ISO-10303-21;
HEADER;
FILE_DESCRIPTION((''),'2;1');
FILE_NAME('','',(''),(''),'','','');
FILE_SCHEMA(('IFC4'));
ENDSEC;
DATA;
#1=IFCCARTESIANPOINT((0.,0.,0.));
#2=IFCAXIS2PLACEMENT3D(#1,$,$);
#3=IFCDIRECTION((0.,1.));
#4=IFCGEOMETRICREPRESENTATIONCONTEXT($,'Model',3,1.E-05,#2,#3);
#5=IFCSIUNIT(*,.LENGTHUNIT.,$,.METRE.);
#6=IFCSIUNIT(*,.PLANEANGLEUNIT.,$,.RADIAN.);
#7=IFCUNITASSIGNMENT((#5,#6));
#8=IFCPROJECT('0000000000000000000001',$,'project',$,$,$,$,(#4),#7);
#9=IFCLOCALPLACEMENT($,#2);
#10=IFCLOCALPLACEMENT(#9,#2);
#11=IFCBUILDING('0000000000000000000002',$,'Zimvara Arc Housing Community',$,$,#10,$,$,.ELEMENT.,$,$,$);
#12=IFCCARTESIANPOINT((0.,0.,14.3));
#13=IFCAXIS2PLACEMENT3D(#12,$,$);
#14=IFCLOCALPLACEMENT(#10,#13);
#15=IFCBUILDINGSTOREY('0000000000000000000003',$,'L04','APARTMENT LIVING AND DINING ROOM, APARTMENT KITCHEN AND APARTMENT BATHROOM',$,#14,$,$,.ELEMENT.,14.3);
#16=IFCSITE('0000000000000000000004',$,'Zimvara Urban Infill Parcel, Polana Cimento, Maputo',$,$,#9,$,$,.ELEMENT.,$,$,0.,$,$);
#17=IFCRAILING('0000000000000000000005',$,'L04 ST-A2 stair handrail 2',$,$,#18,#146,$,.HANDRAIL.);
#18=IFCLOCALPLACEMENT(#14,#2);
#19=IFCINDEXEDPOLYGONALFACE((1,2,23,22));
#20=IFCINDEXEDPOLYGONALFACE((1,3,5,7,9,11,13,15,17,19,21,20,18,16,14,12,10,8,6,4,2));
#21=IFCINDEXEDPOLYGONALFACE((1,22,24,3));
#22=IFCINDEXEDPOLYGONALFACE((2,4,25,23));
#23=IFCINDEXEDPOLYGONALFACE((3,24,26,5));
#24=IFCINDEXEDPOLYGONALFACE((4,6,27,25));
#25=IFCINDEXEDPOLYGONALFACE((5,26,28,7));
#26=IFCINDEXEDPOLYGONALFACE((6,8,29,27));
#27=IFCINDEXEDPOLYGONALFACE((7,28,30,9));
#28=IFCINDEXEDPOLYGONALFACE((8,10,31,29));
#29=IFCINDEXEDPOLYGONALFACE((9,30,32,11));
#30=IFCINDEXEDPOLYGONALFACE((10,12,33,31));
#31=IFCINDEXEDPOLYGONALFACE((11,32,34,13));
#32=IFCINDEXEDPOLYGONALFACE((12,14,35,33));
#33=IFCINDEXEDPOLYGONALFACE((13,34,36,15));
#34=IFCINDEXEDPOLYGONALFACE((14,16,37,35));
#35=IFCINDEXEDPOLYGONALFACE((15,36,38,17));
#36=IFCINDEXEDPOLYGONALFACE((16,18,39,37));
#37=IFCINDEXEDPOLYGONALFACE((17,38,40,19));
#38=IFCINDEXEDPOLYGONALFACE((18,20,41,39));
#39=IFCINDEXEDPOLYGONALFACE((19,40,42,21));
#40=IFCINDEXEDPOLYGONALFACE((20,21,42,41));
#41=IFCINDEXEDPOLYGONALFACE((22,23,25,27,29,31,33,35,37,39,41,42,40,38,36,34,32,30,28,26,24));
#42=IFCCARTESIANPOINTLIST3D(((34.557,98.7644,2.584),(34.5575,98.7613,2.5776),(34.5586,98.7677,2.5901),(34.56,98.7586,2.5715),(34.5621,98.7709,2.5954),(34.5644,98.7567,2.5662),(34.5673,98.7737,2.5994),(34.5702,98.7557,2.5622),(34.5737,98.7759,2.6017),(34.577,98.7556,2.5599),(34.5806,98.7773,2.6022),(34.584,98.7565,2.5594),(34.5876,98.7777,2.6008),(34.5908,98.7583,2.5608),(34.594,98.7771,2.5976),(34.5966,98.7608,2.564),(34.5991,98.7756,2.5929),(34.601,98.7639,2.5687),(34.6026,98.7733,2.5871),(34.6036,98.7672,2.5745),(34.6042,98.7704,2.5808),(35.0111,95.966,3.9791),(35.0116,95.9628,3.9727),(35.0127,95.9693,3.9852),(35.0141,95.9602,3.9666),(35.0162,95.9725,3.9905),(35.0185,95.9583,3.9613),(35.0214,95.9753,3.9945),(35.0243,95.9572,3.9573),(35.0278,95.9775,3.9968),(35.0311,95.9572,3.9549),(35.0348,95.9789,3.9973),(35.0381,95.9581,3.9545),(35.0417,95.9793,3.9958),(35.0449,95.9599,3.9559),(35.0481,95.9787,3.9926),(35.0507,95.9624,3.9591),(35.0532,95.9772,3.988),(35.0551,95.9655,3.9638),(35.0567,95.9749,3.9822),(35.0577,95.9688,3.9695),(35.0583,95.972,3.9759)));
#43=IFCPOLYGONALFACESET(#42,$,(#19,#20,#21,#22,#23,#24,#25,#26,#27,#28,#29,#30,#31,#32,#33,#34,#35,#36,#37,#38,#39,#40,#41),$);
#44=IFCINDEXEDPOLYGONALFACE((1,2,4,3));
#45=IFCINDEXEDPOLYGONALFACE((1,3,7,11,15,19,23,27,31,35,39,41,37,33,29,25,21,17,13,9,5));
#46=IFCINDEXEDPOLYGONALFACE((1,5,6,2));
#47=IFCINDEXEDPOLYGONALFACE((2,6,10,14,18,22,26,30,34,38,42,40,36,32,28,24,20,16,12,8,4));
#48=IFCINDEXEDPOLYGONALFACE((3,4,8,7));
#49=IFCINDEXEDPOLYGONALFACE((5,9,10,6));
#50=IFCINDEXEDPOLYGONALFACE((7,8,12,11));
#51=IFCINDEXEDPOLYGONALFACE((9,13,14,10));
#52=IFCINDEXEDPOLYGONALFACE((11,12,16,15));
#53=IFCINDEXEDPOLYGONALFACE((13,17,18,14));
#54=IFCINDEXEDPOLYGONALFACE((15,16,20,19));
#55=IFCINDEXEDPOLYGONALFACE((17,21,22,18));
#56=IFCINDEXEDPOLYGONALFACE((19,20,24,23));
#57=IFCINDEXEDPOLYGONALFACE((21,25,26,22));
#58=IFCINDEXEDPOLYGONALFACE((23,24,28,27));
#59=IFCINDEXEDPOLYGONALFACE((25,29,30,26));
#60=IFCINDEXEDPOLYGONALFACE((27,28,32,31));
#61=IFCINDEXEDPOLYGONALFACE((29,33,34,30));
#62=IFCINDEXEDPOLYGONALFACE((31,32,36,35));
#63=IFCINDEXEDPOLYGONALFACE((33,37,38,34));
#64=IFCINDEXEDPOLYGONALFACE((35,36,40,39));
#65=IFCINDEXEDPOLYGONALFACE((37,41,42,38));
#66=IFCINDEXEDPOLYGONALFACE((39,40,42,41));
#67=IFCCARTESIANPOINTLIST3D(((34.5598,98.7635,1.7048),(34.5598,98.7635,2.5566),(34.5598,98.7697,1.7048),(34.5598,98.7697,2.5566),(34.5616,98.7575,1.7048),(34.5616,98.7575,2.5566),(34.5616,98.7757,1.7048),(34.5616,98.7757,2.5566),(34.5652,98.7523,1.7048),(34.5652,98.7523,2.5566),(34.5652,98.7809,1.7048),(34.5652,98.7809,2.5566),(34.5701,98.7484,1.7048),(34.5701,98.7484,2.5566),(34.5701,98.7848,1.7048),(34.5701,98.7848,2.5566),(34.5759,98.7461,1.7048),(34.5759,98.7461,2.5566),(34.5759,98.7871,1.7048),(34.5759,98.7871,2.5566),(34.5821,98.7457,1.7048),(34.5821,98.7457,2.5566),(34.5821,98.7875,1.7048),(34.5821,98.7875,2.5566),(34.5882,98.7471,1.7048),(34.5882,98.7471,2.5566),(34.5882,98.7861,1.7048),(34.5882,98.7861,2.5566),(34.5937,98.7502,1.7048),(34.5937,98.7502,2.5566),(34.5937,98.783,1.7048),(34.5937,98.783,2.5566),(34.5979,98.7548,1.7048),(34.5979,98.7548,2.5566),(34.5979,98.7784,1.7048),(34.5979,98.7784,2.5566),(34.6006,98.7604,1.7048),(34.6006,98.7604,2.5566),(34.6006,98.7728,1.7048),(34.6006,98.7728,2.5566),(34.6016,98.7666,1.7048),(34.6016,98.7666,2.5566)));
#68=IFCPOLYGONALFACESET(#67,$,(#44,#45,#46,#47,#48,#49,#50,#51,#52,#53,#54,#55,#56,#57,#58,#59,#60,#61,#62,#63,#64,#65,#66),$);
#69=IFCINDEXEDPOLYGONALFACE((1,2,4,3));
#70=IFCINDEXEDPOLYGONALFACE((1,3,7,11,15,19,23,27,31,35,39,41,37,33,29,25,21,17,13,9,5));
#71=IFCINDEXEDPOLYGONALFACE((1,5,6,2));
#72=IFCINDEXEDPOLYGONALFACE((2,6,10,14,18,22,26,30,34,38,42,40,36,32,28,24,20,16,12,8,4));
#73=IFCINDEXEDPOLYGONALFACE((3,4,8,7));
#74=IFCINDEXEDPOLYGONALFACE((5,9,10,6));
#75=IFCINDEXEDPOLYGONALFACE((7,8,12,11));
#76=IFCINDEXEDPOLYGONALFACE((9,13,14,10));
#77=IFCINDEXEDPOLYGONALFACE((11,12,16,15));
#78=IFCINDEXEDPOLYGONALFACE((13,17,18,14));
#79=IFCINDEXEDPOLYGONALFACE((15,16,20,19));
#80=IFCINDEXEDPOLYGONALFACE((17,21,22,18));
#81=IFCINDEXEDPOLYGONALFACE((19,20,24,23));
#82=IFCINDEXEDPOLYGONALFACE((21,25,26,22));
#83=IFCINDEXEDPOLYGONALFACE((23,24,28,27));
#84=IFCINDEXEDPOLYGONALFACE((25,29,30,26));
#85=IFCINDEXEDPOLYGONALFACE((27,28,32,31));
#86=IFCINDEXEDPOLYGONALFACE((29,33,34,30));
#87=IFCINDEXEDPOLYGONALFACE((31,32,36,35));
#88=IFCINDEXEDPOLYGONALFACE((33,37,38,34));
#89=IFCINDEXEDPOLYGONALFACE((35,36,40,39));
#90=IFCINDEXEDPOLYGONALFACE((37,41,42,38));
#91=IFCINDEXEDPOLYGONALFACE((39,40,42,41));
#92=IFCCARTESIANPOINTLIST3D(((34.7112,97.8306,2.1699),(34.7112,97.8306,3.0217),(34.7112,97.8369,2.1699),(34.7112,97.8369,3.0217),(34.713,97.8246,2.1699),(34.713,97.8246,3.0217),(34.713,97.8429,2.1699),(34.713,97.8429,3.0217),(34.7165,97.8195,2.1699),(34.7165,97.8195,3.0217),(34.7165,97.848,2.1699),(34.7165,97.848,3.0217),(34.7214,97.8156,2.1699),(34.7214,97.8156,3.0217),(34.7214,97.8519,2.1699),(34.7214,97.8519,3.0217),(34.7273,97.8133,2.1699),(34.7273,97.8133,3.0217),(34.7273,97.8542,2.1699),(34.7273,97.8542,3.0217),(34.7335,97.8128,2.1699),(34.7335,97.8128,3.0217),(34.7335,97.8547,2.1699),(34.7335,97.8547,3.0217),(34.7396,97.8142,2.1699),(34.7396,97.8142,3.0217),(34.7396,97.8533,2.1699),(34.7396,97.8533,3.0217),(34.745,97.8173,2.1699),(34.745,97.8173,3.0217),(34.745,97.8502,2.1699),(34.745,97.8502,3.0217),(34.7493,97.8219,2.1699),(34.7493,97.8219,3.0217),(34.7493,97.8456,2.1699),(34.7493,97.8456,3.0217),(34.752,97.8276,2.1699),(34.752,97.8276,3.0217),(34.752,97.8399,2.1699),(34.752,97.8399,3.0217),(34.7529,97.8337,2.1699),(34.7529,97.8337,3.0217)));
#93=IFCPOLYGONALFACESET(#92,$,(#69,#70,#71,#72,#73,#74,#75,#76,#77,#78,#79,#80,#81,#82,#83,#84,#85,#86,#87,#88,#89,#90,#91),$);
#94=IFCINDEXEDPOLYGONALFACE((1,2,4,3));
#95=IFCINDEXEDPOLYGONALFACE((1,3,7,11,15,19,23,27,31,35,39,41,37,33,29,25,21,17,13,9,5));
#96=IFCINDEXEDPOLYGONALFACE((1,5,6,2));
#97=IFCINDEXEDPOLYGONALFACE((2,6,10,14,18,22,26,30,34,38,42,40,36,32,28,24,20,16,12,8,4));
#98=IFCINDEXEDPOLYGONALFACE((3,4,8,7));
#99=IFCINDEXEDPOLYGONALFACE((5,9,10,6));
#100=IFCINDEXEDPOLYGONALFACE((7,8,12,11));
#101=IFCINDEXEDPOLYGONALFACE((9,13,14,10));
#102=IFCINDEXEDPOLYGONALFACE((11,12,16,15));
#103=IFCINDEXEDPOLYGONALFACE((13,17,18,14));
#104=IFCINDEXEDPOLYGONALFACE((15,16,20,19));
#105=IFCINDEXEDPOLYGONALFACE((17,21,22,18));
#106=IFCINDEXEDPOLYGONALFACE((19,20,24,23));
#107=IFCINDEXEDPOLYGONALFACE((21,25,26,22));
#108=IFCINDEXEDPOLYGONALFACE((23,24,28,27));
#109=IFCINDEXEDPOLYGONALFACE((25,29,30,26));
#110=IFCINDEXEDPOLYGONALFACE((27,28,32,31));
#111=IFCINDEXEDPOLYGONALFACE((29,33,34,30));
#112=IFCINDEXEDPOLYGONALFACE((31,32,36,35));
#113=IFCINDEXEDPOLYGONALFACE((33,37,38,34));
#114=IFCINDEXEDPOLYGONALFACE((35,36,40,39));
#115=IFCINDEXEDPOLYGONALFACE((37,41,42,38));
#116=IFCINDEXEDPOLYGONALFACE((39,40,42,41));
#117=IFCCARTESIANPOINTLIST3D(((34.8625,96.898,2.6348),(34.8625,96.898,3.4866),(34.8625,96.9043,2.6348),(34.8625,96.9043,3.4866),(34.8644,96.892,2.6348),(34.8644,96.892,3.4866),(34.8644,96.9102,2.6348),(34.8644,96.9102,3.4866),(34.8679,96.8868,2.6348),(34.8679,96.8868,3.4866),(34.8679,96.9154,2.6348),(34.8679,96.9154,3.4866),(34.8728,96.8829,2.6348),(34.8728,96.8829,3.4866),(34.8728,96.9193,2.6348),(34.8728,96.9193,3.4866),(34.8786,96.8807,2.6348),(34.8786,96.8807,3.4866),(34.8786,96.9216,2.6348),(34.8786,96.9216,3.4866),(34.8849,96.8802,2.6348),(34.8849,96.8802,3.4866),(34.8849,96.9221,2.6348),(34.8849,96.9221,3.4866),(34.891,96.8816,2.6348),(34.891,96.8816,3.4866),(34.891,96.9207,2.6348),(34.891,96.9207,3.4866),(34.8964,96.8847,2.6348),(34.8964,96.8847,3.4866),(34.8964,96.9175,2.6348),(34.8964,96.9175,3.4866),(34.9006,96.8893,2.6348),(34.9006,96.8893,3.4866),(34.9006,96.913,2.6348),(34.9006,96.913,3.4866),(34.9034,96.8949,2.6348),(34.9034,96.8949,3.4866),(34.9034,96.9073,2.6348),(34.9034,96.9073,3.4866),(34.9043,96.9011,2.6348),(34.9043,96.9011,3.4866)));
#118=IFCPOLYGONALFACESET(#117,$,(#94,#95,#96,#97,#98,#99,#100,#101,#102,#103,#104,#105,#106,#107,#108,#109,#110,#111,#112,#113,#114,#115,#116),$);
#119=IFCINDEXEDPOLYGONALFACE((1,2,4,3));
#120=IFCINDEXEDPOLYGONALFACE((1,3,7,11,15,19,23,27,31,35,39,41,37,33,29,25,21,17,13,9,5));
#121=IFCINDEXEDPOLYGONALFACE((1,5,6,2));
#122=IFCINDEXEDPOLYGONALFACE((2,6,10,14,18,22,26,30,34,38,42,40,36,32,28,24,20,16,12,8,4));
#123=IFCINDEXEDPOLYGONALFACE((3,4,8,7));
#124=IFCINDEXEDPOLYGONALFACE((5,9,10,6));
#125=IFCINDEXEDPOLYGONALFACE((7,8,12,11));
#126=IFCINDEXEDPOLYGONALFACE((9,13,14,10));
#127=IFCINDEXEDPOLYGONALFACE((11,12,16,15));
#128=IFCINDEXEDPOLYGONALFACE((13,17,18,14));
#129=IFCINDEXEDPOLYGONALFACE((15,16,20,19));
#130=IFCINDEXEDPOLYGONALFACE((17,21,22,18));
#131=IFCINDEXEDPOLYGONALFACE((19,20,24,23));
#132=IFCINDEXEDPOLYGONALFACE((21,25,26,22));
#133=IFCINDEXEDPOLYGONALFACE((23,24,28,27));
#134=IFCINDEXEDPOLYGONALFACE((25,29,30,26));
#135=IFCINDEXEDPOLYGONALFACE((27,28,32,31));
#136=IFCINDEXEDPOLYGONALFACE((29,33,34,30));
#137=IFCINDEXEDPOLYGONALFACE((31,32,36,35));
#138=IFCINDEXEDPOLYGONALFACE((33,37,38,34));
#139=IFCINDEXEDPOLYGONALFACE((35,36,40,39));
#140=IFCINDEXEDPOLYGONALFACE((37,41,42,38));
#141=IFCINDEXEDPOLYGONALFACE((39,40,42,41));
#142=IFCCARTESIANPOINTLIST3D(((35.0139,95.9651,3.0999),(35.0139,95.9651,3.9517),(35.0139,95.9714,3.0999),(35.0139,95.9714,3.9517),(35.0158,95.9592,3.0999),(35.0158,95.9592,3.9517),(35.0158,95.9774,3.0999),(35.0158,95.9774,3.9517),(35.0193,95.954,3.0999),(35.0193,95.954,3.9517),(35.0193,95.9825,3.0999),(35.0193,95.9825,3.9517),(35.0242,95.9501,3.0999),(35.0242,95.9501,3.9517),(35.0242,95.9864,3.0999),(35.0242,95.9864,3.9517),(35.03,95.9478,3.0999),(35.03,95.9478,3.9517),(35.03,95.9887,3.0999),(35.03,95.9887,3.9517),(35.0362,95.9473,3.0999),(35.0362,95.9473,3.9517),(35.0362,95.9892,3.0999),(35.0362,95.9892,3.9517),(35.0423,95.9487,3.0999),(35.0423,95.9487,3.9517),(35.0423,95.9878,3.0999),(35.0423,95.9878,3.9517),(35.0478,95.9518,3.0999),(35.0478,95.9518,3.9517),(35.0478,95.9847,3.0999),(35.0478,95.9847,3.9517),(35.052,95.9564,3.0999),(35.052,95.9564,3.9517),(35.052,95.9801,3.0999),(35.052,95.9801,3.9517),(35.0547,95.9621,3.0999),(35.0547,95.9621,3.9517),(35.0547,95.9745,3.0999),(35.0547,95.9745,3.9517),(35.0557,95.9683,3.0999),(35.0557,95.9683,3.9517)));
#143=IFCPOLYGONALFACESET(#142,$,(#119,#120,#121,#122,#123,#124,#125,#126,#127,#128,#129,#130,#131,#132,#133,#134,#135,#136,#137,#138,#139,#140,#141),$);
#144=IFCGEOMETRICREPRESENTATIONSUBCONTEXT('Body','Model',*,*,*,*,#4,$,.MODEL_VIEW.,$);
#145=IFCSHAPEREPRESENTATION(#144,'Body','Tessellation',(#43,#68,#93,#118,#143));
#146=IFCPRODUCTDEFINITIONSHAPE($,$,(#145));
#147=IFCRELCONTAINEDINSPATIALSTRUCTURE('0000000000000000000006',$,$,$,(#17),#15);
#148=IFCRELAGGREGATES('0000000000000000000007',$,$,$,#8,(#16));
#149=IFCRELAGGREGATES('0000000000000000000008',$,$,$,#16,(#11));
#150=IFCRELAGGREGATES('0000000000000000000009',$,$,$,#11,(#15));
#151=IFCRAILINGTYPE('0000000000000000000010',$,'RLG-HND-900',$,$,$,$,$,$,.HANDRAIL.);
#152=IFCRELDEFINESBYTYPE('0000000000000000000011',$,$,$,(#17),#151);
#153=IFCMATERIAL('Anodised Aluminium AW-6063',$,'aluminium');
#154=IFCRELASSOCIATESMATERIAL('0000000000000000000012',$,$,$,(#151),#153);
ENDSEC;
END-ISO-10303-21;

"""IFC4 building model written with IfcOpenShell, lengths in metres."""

from ifc_helpers import new_model, si_unit, direction, frame, origin, origin_2d, place, context, subcontext, project, spatial, circle, extrude, material, type_object, element, save


model = new_model("IFC4")

# Units and contexts
model_context = context("Model", 3, precision=1e-05, world=origin(), true_north=direction((0.0, 1.0)))
body_context = subcontext(model_context, "Body", "Model", "MODEL_VIEW")
ifc_project = project(units=[si_unit("LENGTHUNIT", "METRE"), si_unit("PLANEANGLEUNIT", "RADIAN")], contexts=[model_context])

# Site, building, storey
site_placement = place(None, origin())
site = spatial("IfcSite", under=ifc_project, at=site_placement, Name="Zimvara Urban Infill Parcel, Polana Cimento, Maputo", CompositionType="ELEMENT", RefElevation=0.0)
building_placement = place(site_placement, origin())
building = spatial("IfcBuilding", under=site, at=building_placement, Name="Zimvara Arc Housing Community", CompositionType="ELEMENT")
storey_placement = place(building_placement, frame((0.0, 0.0, 14.3)))
storey = spatial("IfcBuildingStorey", under=building, at=storey_placement, Name="L04", Description="APARTMENT LIVING AND DINING ROOM, APARTMENT KITCHEN AND APARTMENT BATHROOM", CompositionType="ELEMENT", Elevation=14.3)

# Railing
ifc_material_1 = material(Name="Anodised Aluminium AW-6063", Category="aluminium")
railing_type_1 = type_object("IfcRailingType", Name="RLG-HND-900", PredefinedType="HANDRAIL", material=ifc_material_1)
railing_1_placement = place(storey_placement, frame((34.5806, 98.7666, 1.7048)))
element("IfcRailing", 1, at=railing_1_placement, inside=storey, type_object=railing_type_1, Name="L04 ST-A2 stair handrail 2", PredefinedType="HANDRAIL", context=body_context, shape_type="SweptSolid", body=[
    extrude(circle(Radius=0.0239, at=origin_2d()), frame((0.0, 0.0, 0.876), z_axis=(0.143722, -0.885666, 0.44152), x_axis=(0.987088, 0.16018, 0.0)), (0.0, 0.0, 1.0), 3.1597),
    extrude(circle(Radius=0.021, at=origin_2d()), origin(), (0.0, 0.0, 1.0), 0.8518),
    extrude(circle(Radius=0.021, at=origin_2d()), frame((0.1514, -0.9329, 0.4651)), (0.0, 0.0, 1.0), 0.8518),
    extrude(circle(Radius=0.021, at=origin_2d()), frame((0.3027, -1.8655, 0.9299)), (0.0, 0.0, 1.0), 0.8518),
    extrude(circle(Radius=0.021, at=origin_2d()), frame((0.4541, -2.7983, 1.395)), (0.0, 0.0, 1.0), 0.8518),
])

save(model, "model.ifc")
